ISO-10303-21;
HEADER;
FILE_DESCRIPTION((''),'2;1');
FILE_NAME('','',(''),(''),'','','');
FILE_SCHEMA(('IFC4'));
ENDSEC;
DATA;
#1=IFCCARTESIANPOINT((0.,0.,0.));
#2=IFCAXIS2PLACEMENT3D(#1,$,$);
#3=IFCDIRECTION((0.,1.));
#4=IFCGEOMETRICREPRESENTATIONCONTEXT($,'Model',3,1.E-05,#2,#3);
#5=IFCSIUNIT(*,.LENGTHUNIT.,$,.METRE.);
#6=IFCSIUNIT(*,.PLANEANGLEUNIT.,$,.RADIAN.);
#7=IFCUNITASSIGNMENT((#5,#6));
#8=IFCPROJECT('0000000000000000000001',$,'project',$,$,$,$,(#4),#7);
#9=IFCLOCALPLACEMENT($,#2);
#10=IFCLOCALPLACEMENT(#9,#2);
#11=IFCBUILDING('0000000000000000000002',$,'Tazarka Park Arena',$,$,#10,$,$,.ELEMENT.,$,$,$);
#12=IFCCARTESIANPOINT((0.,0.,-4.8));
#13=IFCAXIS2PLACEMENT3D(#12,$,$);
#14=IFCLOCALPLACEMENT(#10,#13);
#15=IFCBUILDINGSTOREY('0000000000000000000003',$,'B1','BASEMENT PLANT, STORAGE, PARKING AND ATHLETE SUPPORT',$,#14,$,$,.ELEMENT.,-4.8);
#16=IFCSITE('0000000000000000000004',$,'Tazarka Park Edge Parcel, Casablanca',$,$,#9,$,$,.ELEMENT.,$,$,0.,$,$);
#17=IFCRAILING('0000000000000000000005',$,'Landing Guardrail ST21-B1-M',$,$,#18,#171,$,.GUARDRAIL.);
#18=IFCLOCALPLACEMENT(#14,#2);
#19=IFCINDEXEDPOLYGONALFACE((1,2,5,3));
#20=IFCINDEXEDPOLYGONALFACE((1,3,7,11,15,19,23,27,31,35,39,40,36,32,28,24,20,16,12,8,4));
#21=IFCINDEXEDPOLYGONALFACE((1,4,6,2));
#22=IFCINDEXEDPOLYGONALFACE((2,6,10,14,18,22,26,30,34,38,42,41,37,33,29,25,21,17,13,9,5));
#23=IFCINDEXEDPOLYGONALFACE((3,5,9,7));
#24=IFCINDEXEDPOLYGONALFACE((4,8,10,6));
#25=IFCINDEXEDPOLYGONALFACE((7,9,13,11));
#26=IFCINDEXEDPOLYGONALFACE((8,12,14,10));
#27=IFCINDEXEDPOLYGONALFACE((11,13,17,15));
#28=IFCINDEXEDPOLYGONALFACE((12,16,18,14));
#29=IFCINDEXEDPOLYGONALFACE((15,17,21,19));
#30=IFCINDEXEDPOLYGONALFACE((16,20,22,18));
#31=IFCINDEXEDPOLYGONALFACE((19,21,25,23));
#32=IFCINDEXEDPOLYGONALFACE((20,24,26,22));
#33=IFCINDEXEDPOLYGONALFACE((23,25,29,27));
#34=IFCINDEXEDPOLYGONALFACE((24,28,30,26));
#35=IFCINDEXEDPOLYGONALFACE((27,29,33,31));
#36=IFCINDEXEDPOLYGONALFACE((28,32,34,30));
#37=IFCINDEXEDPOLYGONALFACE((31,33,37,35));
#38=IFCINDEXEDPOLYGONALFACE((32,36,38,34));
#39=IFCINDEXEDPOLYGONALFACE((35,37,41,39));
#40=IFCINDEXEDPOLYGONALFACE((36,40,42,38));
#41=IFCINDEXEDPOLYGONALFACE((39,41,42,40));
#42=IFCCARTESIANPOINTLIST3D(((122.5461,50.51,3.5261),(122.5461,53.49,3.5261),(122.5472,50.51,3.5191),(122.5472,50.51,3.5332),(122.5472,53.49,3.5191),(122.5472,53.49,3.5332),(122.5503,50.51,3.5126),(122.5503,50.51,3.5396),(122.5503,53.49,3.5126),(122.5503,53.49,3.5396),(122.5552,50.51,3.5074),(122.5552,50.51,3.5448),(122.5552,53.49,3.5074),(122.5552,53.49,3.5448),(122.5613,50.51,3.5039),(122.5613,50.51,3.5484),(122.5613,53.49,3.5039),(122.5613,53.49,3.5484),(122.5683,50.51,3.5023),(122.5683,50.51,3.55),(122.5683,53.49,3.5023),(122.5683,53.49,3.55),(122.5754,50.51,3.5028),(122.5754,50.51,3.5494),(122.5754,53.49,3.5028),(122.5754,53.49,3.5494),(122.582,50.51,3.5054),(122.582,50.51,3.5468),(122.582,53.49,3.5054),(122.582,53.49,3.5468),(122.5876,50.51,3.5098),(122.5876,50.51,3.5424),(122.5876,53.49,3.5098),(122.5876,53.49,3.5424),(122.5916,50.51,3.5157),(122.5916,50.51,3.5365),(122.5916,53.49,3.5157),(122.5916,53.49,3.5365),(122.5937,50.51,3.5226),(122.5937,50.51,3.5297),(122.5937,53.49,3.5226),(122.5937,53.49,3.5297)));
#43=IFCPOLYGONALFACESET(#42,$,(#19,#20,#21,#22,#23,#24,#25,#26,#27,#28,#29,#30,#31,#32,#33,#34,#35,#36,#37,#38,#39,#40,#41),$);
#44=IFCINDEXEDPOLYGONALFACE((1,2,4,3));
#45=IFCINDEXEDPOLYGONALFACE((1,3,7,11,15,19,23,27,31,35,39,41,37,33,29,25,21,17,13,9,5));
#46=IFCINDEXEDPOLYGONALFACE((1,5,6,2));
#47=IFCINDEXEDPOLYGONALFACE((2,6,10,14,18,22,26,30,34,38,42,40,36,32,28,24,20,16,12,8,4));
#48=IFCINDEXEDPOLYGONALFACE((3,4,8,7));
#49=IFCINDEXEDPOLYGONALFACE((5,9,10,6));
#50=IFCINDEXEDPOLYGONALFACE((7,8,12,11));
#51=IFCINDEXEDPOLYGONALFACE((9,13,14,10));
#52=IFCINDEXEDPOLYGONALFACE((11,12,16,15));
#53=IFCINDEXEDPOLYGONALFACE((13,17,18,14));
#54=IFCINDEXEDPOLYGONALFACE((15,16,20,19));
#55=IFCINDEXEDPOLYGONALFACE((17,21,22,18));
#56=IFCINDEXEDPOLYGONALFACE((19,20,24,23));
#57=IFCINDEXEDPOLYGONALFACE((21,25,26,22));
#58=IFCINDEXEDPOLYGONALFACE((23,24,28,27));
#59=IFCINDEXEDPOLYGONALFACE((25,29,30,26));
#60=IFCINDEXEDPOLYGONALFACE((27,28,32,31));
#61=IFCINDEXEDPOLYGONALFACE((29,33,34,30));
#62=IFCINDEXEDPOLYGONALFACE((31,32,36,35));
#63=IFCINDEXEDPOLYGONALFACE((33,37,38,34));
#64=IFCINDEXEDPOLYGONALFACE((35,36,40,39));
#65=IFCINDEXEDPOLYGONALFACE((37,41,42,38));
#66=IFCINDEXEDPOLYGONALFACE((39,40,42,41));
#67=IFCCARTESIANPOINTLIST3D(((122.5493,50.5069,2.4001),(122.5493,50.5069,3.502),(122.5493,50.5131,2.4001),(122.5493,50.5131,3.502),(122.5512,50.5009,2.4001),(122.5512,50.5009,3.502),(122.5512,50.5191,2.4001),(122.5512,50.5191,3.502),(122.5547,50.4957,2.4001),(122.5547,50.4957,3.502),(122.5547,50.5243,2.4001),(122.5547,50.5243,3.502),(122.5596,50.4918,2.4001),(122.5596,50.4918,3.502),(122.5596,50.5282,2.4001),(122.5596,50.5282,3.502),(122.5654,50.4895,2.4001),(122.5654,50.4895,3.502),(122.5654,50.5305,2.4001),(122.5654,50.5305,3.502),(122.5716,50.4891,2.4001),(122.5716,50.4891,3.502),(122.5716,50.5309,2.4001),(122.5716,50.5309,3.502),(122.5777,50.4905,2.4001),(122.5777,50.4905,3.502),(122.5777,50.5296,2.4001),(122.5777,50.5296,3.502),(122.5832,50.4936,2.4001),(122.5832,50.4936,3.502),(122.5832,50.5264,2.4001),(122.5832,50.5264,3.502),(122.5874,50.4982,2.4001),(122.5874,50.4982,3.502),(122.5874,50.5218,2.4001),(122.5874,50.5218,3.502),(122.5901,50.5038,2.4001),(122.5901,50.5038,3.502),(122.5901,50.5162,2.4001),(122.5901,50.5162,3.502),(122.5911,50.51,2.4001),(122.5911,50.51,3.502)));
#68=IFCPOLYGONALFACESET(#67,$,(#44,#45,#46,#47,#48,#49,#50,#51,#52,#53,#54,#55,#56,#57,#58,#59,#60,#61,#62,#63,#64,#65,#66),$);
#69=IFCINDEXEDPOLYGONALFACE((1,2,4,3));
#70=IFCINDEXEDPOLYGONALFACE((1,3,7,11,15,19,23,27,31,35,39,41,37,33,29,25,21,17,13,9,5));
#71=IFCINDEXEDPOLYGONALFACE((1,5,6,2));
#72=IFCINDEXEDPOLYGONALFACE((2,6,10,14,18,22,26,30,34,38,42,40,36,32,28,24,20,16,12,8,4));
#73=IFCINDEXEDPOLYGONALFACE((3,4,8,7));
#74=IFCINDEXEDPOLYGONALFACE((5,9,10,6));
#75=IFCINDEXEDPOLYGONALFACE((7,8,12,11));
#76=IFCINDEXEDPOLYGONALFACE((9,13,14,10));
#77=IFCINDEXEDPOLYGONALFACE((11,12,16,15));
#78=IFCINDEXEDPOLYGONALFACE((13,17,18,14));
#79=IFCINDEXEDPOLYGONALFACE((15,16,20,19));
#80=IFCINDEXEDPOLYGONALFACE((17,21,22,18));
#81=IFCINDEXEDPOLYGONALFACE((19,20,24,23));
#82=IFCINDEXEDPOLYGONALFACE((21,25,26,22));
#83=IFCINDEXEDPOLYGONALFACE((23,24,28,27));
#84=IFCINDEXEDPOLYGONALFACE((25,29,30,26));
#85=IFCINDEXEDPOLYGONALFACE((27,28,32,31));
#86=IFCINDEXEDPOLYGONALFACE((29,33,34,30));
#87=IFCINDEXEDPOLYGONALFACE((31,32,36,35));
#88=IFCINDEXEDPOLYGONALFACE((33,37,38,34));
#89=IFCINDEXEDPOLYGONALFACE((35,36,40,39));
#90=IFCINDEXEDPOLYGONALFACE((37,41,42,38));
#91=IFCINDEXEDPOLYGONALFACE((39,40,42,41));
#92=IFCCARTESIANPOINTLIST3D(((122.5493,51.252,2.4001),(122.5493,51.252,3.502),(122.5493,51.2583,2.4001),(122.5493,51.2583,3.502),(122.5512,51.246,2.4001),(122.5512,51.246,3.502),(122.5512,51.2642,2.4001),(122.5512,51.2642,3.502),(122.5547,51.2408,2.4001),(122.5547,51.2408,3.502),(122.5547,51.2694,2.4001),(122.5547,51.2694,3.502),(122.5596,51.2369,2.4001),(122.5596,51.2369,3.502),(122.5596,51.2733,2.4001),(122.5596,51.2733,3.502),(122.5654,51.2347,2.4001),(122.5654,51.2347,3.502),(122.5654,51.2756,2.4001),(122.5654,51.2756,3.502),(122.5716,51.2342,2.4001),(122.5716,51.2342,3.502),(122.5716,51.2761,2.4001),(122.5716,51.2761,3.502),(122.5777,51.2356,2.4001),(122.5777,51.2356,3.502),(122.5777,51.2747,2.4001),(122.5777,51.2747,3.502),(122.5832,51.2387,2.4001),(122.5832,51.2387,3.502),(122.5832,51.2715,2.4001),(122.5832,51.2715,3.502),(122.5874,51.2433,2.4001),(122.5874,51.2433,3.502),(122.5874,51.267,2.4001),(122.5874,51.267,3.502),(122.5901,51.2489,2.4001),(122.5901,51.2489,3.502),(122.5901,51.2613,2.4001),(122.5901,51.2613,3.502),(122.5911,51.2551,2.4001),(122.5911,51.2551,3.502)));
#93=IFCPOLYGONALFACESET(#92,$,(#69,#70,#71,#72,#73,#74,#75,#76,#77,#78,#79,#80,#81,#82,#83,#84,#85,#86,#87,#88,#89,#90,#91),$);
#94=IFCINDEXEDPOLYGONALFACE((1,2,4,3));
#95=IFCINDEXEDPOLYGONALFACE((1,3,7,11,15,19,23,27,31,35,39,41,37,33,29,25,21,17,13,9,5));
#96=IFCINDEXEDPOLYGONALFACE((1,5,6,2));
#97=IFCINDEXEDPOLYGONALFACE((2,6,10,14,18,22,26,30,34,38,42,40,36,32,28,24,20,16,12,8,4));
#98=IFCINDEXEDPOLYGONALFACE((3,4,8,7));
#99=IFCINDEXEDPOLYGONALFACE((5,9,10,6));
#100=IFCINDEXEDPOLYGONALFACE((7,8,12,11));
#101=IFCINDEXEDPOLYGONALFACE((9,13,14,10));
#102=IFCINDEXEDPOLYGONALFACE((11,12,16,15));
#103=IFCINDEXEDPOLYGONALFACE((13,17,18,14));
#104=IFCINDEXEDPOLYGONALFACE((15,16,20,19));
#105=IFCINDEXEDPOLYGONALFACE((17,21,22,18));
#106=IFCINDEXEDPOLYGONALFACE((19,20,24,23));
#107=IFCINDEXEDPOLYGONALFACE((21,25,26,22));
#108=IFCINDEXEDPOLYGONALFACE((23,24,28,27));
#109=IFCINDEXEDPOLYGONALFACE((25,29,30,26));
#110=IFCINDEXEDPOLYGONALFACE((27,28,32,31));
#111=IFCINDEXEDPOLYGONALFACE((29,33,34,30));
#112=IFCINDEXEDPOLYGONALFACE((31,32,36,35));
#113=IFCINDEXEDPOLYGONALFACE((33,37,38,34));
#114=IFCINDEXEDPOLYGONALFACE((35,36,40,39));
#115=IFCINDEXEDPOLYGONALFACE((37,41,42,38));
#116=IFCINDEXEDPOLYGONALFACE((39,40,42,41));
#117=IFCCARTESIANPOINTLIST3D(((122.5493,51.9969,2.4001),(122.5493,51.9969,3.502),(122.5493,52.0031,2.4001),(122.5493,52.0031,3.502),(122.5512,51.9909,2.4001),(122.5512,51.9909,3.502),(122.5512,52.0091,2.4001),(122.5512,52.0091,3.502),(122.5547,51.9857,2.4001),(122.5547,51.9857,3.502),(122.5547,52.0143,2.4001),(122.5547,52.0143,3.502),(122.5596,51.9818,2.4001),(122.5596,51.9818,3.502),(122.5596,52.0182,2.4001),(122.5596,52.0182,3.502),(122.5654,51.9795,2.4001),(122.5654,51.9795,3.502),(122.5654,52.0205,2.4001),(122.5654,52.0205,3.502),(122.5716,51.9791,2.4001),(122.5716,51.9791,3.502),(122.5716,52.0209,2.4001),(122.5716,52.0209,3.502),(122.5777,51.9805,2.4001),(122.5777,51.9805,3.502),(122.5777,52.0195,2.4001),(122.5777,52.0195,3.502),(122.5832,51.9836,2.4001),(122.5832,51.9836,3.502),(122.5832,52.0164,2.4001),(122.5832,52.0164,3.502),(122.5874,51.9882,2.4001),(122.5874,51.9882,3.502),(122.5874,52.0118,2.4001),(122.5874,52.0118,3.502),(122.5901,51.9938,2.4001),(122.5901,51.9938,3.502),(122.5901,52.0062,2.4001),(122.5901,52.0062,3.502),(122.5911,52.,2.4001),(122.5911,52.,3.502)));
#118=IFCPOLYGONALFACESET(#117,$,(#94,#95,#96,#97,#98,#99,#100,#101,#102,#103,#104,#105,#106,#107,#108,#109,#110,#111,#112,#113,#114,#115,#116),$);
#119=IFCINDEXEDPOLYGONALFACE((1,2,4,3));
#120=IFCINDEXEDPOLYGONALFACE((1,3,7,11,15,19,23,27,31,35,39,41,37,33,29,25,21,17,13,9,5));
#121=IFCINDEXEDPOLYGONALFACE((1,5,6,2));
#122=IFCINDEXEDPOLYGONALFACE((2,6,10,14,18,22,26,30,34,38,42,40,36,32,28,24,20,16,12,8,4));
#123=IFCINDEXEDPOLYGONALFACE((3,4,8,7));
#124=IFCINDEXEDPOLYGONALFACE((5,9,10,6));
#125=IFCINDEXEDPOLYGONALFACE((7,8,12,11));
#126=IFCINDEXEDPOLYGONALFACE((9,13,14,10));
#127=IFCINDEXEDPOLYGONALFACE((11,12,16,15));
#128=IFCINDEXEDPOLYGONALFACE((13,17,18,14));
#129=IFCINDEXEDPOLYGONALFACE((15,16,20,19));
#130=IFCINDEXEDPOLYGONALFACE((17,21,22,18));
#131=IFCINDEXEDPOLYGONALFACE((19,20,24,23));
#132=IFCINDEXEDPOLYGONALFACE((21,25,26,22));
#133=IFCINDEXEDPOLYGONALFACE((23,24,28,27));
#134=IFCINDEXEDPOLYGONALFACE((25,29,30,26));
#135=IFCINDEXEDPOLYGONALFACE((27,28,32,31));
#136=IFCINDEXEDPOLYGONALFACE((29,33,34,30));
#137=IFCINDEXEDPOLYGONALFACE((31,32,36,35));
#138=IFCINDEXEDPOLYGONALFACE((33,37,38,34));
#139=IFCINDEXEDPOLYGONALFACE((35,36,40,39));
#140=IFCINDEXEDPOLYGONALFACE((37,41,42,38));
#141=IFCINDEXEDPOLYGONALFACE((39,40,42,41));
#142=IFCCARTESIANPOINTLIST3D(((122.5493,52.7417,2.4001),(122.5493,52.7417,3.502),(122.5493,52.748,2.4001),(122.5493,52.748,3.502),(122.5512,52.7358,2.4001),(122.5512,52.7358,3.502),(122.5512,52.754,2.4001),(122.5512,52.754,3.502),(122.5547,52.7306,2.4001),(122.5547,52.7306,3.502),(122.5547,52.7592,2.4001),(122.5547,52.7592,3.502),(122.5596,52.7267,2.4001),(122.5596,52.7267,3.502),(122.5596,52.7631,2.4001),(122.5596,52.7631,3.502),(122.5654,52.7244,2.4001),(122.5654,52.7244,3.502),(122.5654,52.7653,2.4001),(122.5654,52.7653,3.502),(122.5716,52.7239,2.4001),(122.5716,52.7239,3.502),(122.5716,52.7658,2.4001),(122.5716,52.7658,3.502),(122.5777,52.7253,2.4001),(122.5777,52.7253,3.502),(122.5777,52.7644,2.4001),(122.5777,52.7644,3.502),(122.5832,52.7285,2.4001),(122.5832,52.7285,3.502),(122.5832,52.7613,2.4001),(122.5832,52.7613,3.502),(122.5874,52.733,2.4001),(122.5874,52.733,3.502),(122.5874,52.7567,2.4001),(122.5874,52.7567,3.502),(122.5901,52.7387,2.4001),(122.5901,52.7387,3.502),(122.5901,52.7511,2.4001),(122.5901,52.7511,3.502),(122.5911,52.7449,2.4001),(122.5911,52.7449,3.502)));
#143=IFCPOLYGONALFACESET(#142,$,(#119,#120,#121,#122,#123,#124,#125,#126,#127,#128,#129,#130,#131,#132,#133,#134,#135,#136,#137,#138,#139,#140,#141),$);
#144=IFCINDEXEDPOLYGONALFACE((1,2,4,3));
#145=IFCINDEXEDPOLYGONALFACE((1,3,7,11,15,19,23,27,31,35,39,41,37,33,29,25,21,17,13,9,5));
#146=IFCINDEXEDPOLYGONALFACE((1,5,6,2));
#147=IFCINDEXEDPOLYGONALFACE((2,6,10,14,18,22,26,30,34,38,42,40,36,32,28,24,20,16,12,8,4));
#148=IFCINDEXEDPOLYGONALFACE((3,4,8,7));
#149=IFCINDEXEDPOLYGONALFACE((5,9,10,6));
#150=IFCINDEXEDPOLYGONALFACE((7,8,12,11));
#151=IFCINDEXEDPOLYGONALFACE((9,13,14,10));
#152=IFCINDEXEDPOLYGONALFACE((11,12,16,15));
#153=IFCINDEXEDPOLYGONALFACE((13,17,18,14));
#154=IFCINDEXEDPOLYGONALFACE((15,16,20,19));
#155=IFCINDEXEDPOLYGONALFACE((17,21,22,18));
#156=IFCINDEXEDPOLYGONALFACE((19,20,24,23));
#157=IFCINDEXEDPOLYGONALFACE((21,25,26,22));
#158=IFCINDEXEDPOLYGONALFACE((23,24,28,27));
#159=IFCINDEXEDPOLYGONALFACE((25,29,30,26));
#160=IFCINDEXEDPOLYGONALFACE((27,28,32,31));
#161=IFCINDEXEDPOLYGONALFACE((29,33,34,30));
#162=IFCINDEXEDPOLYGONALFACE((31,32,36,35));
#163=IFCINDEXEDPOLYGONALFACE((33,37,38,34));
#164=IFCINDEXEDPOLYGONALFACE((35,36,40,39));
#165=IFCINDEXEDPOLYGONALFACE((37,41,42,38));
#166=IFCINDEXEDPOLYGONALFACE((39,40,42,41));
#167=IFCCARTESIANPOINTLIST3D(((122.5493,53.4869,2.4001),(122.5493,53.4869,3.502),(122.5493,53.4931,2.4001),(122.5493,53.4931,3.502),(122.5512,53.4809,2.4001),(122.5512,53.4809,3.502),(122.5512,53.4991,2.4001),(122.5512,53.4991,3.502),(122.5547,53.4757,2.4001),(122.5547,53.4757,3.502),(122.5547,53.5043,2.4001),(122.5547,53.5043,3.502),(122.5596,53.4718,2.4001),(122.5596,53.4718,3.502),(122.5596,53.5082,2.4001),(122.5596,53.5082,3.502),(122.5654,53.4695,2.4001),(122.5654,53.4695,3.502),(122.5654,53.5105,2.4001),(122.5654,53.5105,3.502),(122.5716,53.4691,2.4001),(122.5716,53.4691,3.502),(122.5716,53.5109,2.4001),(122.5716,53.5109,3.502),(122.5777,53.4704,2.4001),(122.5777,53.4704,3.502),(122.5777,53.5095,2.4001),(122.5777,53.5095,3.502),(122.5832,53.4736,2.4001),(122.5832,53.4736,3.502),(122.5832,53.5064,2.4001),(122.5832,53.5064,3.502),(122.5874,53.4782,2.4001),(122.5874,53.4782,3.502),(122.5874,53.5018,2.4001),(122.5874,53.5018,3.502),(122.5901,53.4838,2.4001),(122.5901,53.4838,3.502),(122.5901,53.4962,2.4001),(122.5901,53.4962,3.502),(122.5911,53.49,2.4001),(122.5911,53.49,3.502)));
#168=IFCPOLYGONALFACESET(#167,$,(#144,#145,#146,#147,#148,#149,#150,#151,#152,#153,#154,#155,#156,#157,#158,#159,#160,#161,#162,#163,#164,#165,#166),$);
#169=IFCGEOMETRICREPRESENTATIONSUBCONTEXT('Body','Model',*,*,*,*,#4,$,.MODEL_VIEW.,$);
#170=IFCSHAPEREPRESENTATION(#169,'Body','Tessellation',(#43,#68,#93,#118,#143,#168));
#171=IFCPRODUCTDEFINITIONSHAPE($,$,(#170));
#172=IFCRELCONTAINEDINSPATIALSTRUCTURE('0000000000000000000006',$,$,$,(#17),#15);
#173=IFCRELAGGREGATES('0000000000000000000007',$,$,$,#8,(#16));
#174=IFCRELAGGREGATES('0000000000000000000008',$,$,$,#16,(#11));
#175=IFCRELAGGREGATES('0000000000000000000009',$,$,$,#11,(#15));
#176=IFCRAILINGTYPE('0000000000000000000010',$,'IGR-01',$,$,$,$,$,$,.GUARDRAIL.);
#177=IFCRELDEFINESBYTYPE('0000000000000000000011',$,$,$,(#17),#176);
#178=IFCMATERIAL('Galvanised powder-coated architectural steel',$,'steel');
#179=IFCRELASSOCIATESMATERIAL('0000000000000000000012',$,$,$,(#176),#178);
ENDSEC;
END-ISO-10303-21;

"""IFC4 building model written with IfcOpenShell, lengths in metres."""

from ifc_helpers import new_model, si_unit, direction, frame, origin, origin_2d, place, context, subcontext, project, spatial, circle, extrude, material, type_object, element, save


model = new_model("IFC4")

# Units and contexts
model_context = context("Model", 3, precision=1e-05, world=origin(), true_north=direction((0.0, 1.0)))
body_context = subcontext(model_context, "Body", "Model", "MODEL_VIEW")
ifc_project = project(units=[si_unit("LENGTHUNIT", "METRE"), si_unit("PLANEANGLEUNIT", "RADIAN")], contexts=[model_context])

# Site, building, storey
site_placement = place(None, origin())
site = spatial("IfcSite", under=ifc_project, at=site_placement, Name="Tazarka Park Edge Parcel, Casablanca", CompositionType="ELEMENT", RefElevation=0.0)
building_placement = place(site_placement, origin())
building = spatial("IfcBuilding", under=site, at=building_placement, Name="Tazarka Park Arena", CompositionType="ELEMENT")
storey_placement = place(building_placement, frame((0.0, 0.0, -4.8)))
storey = spatial("IfcBuildingStorey", under=building, at=storey_placement, Name="B1", Description="BASEMENT PLANT, STORAGE, PARKING AND ATHLETE SUPPORT", CompositionType="ELEMENT", Elevation=-4.8)

# Railing
ifc_material_1 = material(Name="Galvanised powder-coated architectural steel", Category="steel")
railing_type_1 = type_object("IfcRailingType", Name="IGR-01", PredefinedType="GUARDRAIL", material=ifc_material_1)
railing_1_placement = place(storey_placement, frame((122.5701, 50.51, 2.4001)))
element("IfcRailing", 1, at=railing_1_placement, inside=storey, type_object=railing_type_1, Name="Landing Guardrail ST21-B1-M", PredefinedType="GUARDRAIL", context=body_context, shape_type="SweptSolid", body=[
    extrude(circle(Radius=0.0239, at=origin_2d()), frame((0.0, 0.0, 1.126), z_axis=(0.0, 1.0, 0.0), x_axis=(-1.0, 0.0, 0.0)), (0.0, 0.0, 1.0), 2.98),
    extrude(circle(Radius=0.021, at=origin_2d()), origin(), (0.0, 0.0, 1.0), 1.1018),
    extrude(circle(Radius=0.021, at=origin_2d()), frame((0.0, 0.7451, 0.0)), (0.0, 0.0, 1.0), 1.1018),
    extrude(circle(Radius=0.021, at=origin_2d()), frame((0.0, 1.49, 0.0)), (0.0, 0.0, 1.0), 1.1018),
    extrude(circle(Radius=0.021, at=origin_2d()), frame((0.0, 2.2349, 0.0)), (0.0, 0.0, 1.0), 1.1018),
    extrude(circle(Radius=0.021, at=origin_2d()), frame((0.0, 2.98, 0.0)), (0.0, 0.0, 1.0), 1.1018),
])

save(model, "model.ifc")
